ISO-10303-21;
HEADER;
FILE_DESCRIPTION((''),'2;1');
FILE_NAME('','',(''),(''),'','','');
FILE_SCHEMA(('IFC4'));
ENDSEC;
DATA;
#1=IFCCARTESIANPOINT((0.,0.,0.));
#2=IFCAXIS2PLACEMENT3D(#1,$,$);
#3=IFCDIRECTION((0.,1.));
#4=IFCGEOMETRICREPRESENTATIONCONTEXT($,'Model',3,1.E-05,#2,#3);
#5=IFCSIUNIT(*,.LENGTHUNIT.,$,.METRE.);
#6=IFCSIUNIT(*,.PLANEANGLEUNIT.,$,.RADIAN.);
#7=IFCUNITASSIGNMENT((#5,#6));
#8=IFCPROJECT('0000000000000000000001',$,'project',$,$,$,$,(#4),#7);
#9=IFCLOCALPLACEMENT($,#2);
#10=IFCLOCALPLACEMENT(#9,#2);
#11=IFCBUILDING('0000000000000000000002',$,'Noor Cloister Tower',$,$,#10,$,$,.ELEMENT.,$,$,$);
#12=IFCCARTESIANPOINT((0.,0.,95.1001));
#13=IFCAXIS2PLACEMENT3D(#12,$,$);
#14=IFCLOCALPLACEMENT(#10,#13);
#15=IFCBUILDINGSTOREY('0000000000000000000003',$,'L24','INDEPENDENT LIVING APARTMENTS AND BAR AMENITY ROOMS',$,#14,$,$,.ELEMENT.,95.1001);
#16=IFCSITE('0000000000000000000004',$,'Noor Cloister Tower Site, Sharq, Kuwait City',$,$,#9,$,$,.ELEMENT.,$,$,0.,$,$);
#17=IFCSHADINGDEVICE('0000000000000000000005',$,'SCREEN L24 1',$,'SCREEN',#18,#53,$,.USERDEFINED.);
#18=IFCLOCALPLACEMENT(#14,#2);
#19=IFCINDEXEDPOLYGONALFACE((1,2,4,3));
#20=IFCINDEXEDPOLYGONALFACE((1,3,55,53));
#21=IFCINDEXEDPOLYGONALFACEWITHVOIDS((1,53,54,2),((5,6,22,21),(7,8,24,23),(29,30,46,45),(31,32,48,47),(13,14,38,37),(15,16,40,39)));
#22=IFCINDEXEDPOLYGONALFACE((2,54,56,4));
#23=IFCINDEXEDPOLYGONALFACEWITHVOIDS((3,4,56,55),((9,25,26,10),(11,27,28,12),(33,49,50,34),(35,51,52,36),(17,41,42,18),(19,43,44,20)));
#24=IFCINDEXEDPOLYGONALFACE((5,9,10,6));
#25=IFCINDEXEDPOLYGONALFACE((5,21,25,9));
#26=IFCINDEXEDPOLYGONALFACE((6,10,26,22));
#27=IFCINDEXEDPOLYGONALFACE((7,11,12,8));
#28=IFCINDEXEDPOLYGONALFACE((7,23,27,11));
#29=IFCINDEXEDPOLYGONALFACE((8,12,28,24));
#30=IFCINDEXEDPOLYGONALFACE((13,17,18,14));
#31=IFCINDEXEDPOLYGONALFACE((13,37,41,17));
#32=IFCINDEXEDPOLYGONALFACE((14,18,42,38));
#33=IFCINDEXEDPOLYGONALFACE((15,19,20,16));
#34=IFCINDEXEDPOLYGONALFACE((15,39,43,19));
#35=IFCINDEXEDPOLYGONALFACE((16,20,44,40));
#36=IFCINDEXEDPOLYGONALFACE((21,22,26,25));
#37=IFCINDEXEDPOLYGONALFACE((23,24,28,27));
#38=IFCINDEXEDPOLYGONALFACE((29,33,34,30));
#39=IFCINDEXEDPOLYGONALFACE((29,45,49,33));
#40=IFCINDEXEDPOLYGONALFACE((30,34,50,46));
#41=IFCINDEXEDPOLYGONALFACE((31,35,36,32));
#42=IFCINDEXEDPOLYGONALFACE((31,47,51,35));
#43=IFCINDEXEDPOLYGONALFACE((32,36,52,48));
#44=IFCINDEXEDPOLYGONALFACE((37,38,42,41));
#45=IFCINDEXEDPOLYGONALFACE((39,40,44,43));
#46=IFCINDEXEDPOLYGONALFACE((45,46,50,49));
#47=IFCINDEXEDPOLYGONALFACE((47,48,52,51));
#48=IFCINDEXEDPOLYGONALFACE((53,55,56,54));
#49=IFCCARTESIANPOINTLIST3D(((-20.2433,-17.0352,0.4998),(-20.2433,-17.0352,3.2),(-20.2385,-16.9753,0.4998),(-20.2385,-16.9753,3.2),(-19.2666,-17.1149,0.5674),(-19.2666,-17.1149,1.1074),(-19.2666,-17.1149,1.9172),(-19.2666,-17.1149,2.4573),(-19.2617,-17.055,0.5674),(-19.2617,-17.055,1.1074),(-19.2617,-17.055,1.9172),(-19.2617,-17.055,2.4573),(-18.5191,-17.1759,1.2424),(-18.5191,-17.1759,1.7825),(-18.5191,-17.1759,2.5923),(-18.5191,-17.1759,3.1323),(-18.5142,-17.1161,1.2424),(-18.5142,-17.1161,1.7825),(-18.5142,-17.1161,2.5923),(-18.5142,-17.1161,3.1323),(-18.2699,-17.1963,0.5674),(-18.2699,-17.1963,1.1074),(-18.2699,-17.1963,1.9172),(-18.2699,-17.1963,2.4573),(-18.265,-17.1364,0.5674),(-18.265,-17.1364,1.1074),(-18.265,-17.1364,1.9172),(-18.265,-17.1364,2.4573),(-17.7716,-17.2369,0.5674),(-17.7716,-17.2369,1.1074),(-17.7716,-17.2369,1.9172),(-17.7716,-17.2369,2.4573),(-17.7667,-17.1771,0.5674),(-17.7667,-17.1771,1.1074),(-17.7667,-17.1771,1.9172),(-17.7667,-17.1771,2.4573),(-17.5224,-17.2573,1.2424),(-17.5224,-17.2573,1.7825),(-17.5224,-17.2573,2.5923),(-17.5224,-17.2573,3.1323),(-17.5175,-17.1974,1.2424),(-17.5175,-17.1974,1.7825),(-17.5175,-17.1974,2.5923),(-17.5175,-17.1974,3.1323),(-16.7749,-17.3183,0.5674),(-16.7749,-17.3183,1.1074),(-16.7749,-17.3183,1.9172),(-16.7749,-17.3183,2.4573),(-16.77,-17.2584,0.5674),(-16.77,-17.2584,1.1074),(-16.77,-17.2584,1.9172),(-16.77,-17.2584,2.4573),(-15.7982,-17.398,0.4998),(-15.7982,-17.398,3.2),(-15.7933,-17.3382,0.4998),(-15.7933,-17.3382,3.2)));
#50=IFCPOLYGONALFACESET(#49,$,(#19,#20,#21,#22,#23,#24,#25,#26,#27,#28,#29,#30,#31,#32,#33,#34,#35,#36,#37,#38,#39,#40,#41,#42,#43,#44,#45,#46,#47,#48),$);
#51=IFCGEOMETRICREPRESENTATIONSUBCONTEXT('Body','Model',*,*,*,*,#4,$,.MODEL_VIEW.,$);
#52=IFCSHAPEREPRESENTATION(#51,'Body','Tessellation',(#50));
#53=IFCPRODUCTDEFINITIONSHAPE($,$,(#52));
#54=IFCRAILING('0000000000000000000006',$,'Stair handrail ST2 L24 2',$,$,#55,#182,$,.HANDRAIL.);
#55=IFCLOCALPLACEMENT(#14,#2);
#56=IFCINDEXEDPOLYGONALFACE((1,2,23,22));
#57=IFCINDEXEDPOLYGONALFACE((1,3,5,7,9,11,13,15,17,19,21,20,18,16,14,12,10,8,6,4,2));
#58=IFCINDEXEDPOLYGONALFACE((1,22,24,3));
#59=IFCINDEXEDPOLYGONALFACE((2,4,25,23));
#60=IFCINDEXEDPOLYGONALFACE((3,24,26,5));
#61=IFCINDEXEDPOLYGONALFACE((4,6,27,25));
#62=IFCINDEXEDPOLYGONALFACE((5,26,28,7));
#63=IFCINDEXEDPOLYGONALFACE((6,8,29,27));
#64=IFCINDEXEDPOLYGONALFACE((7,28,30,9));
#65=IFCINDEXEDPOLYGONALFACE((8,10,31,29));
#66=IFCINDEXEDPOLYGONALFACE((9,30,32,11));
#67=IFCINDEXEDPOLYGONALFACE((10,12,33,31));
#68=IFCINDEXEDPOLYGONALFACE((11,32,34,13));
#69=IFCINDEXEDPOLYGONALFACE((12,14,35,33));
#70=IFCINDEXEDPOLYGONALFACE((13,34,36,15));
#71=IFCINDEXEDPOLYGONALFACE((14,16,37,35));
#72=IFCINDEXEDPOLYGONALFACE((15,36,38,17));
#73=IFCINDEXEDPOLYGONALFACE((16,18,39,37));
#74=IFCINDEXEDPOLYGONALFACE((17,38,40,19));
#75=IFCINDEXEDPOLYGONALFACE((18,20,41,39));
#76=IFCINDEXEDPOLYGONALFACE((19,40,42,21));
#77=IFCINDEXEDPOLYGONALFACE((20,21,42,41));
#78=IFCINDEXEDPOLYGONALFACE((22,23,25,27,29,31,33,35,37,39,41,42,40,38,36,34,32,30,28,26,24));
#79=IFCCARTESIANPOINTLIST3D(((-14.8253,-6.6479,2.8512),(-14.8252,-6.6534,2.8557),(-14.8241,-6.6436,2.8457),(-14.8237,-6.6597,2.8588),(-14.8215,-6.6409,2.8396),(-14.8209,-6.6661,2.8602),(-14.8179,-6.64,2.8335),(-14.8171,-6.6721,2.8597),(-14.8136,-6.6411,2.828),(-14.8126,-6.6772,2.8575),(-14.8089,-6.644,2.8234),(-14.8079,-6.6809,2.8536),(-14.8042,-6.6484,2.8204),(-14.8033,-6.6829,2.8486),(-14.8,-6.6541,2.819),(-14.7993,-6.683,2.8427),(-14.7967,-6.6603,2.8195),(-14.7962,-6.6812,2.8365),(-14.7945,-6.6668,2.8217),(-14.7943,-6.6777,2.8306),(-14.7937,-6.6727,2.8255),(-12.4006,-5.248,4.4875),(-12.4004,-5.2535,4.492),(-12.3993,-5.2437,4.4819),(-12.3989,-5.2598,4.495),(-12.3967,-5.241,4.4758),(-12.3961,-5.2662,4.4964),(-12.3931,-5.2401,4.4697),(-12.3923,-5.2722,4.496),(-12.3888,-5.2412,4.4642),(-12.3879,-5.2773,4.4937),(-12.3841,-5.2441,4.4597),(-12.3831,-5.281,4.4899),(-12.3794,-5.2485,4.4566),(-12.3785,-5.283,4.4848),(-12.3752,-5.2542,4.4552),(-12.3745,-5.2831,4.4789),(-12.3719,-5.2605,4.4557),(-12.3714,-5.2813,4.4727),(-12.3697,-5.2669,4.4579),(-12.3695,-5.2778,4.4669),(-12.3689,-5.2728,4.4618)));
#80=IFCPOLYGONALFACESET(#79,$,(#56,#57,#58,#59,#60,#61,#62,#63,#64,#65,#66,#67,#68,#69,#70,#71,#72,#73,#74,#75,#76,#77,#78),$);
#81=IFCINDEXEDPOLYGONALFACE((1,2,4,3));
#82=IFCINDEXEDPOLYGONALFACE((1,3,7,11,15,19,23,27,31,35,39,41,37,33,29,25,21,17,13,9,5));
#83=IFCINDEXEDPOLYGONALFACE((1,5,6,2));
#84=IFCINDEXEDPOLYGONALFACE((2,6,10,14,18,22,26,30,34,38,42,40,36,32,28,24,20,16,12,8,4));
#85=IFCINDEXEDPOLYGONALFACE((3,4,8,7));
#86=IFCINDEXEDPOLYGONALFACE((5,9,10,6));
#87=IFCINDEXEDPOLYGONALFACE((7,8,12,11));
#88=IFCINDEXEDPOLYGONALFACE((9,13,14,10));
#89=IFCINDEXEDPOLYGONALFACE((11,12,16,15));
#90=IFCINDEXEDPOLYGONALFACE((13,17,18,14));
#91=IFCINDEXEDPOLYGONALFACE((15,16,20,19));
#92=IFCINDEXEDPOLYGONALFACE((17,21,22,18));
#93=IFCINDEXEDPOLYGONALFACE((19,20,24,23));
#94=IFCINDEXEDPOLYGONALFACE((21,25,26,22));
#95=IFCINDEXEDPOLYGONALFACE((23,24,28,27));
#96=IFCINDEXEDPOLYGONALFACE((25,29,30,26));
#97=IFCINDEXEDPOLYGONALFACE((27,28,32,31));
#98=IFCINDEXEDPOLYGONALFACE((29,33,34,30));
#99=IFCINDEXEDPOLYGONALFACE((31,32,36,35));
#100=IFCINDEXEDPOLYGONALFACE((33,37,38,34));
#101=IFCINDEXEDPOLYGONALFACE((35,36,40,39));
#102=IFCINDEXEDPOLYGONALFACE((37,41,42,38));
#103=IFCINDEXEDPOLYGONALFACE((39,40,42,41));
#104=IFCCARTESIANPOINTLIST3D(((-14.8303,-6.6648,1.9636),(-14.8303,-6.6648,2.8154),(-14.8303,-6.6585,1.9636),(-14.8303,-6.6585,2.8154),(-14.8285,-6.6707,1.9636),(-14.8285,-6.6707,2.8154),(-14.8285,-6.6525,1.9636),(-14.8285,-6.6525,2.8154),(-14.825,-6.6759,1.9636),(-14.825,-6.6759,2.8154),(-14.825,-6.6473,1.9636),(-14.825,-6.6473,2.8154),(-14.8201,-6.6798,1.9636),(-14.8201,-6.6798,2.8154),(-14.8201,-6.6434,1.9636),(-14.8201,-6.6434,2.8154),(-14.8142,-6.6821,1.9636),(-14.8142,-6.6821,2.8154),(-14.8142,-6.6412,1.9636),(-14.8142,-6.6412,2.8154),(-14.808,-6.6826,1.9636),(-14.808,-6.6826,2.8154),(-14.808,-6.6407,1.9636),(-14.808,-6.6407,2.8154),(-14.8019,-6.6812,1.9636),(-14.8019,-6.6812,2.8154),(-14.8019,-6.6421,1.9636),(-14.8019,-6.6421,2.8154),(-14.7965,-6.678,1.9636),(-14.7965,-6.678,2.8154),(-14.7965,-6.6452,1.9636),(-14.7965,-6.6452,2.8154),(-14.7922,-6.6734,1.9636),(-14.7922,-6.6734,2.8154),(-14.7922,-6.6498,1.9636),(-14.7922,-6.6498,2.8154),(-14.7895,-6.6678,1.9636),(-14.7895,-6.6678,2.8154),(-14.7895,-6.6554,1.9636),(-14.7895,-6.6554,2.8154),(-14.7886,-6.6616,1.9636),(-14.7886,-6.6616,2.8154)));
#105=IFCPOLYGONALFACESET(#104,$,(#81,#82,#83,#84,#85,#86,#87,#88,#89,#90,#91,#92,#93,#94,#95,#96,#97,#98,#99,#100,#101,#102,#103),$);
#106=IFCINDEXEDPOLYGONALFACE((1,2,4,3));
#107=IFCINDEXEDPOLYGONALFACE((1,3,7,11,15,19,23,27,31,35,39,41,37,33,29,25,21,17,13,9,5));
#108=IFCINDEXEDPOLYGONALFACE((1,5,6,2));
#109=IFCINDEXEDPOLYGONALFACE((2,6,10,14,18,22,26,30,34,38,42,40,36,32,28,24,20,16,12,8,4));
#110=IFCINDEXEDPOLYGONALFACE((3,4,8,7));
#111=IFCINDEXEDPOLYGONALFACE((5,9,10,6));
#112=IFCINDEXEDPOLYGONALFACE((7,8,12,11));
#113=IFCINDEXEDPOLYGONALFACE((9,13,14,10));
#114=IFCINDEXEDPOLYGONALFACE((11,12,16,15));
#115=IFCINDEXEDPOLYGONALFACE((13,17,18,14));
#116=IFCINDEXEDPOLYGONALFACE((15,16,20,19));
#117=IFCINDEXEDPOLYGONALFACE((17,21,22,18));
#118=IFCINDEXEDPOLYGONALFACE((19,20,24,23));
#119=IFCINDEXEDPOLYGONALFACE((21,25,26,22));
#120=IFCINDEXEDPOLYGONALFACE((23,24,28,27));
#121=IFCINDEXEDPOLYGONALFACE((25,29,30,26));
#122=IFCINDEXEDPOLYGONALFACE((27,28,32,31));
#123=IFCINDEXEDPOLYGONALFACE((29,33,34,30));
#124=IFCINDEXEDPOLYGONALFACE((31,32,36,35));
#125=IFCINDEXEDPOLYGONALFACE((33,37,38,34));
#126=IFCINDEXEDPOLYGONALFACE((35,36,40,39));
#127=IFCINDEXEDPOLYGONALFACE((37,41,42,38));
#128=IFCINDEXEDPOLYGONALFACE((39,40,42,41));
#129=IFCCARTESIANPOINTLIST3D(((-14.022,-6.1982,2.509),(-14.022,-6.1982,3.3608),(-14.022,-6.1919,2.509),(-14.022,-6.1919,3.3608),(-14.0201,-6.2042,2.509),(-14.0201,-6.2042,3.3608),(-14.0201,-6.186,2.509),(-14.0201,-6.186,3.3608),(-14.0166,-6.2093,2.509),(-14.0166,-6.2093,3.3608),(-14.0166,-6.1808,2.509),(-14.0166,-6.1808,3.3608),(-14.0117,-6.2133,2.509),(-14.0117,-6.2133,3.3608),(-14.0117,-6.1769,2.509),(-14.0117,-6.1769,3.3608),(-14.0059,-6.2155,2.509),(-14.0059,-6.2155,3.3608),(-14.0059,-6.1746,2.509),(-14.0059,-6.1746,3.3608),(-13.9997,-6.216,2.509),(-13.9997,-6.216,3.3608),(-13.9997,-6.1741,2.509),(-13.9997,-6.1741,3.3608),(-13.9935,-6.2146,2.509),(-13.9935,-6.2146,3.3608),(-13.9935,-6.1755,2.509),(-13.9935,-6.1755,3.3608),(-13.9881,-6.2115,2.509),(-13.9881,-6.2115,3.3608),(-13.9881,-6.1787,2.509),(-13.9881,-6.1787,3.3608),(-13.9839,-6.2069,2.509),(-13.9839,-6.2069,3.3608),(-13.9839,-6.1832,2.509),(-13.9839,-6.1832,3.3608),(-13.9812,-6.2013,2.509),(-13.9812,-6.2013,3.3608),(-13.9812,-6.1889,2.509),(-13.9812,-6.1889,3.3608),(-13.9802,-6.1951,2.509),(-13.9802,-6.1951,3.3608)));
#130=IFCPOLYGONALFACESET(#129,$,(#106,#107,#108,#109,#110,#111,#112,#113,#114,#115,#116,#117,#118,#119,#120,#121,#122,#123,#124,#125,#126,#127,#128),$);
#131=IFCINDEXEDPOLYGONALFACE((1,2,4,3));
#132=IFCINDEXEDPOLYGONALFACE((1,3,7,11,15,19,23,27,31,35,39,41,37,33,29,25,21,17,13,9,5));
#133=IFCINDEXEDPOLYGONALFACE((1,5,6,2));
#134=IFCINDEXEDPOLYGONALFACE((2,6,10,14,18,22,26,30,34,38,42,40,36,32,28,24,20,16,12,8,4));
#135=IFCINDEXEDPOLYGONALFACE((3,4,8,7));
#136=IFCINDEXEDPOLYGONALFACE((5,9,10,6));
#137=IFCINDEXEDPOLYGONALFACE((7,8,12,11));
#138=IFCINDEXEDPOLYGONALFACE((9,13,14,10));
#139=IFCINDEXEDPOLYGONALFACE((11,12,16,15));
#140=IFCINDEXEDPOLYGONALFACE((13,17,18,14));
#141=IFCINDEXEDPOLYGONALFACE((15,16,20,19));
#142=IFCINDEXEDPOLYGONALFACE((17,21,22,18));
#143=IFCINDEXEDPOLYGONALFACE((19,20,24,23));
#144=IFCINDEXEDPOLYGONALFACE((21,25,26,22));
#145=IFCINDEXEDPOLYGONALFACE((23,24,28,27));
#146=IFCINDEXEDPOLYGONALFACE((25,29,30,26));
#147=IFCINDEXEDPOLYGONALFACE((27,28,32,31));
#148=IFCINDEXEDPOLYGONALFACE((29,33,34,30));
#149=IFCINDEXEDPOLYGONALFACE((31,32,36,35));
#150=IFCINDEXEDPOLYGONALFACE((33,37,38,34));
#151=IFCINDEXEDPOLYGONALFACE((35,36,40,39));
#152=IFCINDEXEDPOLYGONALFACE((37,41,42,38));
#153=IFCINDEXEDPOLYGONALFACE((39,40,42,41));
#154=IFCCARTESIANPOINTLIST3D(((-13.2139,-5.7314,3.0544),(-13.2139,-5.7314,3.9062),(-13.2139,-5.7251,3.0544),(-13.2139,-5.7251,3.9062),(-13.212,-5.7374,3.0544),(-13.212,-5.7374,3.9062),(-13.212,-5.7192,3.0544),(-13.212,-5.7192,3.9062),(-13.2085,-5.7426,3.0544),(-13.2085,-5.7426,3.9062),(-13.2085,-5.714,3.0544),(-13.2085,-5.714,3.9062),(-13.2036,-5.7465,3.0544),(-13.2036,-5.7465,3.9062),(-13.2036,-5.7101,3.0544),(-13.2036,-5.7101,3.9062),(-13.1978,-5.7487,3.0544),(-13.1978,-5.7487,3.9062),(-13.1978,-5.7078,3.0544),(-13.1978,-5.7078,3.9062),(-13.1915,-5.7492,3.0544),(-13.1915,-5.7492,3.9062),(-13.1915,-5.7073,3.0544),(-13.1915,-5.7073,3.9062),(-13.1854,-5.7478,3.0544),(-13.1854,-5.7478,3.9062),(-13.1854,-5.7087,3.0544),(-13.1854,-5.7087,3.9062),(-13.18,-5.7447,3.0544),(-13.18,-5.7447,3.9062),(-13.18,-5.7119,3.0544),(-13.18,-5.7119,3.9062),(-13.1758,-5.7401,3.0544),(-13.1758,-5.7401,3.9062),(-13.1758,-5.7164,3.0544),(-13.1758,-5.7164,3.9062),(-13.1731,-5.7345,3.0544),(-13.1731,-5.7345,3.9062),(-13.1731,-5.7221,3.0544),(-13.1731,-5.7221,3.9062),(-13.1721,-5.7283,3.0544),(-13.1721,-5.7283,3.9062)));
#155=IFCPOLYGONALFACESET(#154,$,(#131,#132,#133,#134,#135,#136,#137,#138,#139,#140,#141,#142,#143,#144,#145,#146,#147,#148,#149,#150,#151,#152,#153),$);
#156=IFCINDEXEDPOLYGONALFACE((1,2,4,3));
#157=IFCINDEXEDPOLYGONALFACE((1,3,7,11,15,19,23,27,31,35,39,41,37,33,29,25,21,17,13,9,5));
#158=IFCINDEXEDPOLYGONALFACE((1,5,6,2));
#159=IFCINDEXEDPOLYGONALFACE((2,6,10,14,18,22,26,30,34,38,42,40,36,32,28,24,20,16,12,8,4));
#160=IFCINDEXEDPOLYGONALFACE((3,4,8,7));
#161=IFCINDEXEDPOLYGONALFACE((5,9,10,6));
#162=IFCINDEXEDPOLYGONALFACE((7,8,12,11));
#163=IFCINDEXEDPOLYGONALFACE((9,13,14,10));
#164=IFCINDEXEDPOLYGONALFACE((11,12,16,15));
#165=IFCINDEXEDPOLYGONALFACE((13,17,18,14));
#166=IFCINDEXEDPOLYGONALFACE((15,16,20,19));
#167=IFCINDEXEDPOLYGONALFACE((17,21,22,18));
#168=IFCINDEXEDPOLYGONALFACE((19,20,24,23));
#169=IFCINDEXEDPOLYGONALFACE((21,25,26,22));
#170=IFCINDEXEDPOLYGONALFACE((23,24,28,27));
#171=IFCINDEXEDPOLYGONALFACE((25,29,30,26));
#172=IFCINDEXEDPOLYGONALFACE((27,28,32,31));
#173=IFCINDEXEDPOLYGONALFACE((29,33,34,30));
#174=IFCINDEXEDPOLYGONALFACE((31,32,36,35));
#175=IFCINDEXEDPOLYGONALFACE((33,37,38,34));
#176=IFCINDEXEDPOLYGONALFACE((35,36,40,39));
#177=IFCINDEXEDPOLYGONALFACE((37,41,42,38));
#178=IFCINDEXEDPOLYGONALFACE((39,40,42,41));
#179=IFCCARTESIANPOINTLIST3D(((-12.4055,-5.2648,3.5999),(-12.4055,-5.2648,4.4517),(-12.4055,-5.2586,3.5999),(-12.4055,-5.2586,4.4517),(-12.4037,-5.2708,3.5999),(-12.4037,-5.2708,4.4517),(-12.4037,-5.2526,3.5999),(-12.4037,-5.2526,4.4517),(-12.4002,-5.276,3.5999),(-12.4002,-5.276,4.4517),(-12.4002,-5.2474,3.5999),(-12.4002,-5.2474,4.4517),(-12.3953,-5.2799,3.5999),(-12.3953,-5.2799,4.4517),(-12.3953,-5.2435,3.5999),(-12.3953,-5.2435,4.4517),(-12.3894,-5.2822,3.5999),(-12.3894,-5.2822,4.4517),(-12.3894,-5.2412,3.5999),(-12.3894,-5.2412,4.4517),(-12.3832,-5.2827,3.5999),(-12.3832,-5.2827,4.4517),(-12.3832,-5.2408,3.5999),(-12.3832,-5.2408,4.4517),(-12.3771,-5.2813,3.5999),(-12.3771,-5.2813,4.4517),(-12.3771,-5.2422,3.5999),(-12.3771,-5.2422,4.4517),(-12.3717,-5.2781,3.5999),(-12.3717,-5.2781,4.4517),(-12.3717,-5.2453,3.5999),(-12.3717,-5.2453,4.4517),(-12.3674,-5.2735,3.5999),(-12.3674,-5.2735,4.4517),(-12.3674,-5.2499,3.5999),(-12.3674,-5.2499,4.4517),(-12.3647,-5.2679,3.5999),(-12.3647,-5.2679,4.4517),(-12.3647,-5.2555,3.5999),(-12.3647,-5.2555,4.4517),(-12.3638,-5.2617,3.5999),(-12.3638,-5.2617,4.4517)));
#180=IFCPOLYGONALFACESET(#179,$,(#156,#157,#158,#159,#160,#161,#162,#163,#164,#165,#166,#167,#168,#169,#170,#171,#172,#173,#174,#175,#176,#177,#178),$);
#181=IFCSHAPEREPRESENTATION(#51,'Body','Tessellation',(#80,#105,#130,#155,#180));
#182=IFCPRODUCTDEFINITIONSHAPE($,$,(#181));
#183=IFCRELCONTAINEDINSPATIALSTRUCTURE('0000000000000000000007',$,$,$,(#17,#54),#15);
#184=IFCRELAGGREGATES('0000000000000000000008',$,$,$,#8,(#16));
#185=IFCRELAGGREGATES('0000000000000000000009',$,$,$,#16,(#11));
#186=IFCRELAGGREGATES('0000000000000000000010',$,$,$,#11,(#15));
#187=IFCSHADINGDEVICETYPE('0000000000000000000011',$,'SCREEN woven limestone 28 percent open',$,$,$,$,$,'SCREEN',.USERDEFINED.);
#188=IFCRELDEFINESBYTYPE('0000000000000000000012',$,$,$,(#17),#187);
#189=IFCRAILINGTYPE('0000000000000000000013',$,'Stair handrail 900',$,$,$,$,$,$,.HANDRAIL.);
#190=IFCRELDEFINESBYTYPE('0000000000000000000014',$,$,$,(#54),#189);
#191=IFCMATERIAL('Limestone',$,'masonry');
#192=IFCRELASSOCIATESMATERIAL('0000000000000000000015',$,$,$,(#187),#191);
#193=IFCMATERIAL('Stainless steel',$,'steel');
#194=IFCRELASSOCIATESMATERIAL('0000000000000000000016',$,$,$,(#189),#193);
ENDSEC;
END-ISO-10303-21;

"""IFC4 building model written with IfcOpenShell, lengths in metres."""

from ifc_helpers import new_model, si_unit, direction, frame, origin, origin_2d, place, context, subcontext, project, spatial, polyline, circle, outline, extrude, material, material_profile, profile_set, type_object, element, save


model = new_model("IFC4")

# Units and contexts
model_context = context("Model", 3, precision=1e-05, world=origin(), true_north=direction((0.0, 1.0)))
body_context = subcontext(model_context, "Body", "Model", "MODEL_VIEW")
ifc_project = project(units=[si_unit("LENGTHUNIT", "METRE"), si_unit("PLANEANGLEUNIT", "RADIAN")], contexts=[model_context])

# Site, building, storey
site_placement = place(None, origin())
site = spatial("IfcSite", under=ifc_project, at=site_placement, Name="Noor Cloister Tower Site, Sharq, Kuwait City", CompositionType="ELEMENT", RefElevation=0.0)
building_placement = place(site_placement, origin())
building = spatial("IfcBuilding", under=site, at=building_placement, Name="Noor Cloister Tower", CompositionType="ELEMENT")
storey_placement = place(building_placement, frame((0.0, 0.0, 95.1001)))
storey = spatial("IfcBuildingStorey", under=building, at=storey_placement, Name="L24", Description="INDEPENDENT LIVING APARTMENTS AND BAR AMENITY ROOMS", CompositionType="ELEMENT", Elevation=95.1001)

# Shading device
ifc_material_1 = material(Name="Limestone", Category="masonry")
ifc_material_profile_1 = material_profile(ifc_material_1, outline(polyline([(-2.23, -1.3501), (2.23, -1.3501), (2.23, 1.3501), (-2.23, 1.3501), (-2.23, -1.3501)]), holes=[polyline([(-1.25, -1.2825), (-0.25, -1.2825), (-0.25, -0.7424), (-1.25, -0.7424), (-1.25, -1.2825)]), polyline([(0.25, -1.2825), (1.25, -1.2825), (1.25, -0.7424), (0.25, -0.7424), (0.25, -1.2825)]), polyline([(-0.5, -0.6074), (0.5, -0.6074), (0.5, -0.0674), (-0.5, -0.0674), (-0.5, -0.6074)]), polyline([(-1.25, 0.0674), (-0.25, 0.0674), (-0.25, 0.6074), (-1.25, 0.6074), (-1.25, 0.0674)]), polyline([(0.25, 0.0674), (1.25, 0.0674), (1.25, 0.6074), (0.25, 0.6074), (0.25, 0.0674)]), polyline([(-0.5, 0.7424), (0.5, 0.7424), (0.5, 1.2825), (-0.5, 1.2825), (-0.5, 0.7424)])]), Name="Woven screen 28 percent open")
ifc_profile_set_1 = profile_set([ifc_material_profile_1], Name="Limestone")
shading_device_type = type_object("IfcShadingDeviceType", Name="SCREEN woven limestone 28 percent open", ElementType="SCREEN", PredefinedType="USERDEFINED", material=ifc_profile_set_1)
for number, where, z_axis, x_axis, name in (
    (1, (-18.0159, -17.1567, 1.8499), (-0.081362, -0.996685, 0.0), (0.996685, -0.081362, 0.0), "SCREEN L24 1"),
):
    element("IfcShadingDevice", number, at=place(storey_placement, frame(where, z_axis=z_axis, x_axis=x_axis)), inside=storey, type_object=shading_device_type, Name=name, ObjectType="SCREEN", PredefinedType="USERDEFINED", context=body_context, shape_type="SweptSolid", body=[
        extrude(outline(polyline([(-2.23, -1.3501), (2.23, -1.3501), (2.23, 1.3501), (-2.23, 1.3501), (-2.23, -1.3501)]), holes=[polyline([(-1.25, -1.2825), (-0.25, -1.2825), (-0.25, -0.7424), (-1.25, -0.7424), (-1.25, -1.2825)]), polyline([(0.25, -1.2825), (1.25, -1.2825), (1.25, -0.7424), (0.25, -0.7424), (0.25, -1.2825)]), polyline([(-0.5, -0.6074), (0.5, -0.6074), (0.5, -0.0674), (-0.5, -0.0674), (-0.5, -0.6074)]), polyline([(-1.25, 0.0674), (-0.25, 0.0674), (-0.25, 0.6074), (-1.25, 0.6074), (-1.25, 0.0674)]), polyline([(0.25, 0.0674), (1.25, 0.0674), (1.25, 0.6074), (0.25, 0.6074), (0.25, 0.0674)]), polyline([(-0.5, 0.7424), (0.5, 0.7424), (0.5, 1.2825), (-0.5, 1.2825), (-0.5, 0.7424)])]), origin(), (0.0, 0.0, 1.0), 0.0601),
    ])

# Railing
ifc_material_2 = material(Name="Stainless steel", Category="steel")
railing_type = type_object("IfcRailingType", Name="Stair handrail 900", PredefinedType="HANDRAIL", material=ifc_material_2)
railing_placement = place(storey_placement, frame((-14.8096, -6.6616, 1.9636)))
element("IfcRailing", 2, at=railing_placement, inside=storey, type_object=railing_type, Name="Stair handrail ST2 L24 2", PredefinedType="HANDRAIL", context=body_context, shape_type="SweptSolid", body=[
    extrude(circle(Radius=0.0239, at=origin_2d()), frame((0.0, 0.0, 0.876), z_axis=(0.747718, 0.431677, 0.504552), x_axis=(-0.499984, 0.866035, 0.0)), (0.0, 0.0, 1.0), 3.2429),
    extrude(circle(Radius=0.021, at=origin_2d()), origin(), (0.0, 0.0, 1.0), 0.8518),
    extrude(circle(Radius=0.021, at=origin_2d()), frame((0.8083, 0.4666, 0.5454)), (0.0, 0.0, 1.0), 0.8518),
    extrude(circle(Radius=0.021, at=origin_2d()), frame((1.6165, 0.9333, 1.0908)), (0.0, 0.0, 1.0), 0.8518),
    extrude(circle(Radius=0.021, at=origin_2d()), frame((2.4248, 1.3999, 1.6362)), (0.0, 0.0, 1.0), 0.8518),
])

save(model, "model.ifc")
